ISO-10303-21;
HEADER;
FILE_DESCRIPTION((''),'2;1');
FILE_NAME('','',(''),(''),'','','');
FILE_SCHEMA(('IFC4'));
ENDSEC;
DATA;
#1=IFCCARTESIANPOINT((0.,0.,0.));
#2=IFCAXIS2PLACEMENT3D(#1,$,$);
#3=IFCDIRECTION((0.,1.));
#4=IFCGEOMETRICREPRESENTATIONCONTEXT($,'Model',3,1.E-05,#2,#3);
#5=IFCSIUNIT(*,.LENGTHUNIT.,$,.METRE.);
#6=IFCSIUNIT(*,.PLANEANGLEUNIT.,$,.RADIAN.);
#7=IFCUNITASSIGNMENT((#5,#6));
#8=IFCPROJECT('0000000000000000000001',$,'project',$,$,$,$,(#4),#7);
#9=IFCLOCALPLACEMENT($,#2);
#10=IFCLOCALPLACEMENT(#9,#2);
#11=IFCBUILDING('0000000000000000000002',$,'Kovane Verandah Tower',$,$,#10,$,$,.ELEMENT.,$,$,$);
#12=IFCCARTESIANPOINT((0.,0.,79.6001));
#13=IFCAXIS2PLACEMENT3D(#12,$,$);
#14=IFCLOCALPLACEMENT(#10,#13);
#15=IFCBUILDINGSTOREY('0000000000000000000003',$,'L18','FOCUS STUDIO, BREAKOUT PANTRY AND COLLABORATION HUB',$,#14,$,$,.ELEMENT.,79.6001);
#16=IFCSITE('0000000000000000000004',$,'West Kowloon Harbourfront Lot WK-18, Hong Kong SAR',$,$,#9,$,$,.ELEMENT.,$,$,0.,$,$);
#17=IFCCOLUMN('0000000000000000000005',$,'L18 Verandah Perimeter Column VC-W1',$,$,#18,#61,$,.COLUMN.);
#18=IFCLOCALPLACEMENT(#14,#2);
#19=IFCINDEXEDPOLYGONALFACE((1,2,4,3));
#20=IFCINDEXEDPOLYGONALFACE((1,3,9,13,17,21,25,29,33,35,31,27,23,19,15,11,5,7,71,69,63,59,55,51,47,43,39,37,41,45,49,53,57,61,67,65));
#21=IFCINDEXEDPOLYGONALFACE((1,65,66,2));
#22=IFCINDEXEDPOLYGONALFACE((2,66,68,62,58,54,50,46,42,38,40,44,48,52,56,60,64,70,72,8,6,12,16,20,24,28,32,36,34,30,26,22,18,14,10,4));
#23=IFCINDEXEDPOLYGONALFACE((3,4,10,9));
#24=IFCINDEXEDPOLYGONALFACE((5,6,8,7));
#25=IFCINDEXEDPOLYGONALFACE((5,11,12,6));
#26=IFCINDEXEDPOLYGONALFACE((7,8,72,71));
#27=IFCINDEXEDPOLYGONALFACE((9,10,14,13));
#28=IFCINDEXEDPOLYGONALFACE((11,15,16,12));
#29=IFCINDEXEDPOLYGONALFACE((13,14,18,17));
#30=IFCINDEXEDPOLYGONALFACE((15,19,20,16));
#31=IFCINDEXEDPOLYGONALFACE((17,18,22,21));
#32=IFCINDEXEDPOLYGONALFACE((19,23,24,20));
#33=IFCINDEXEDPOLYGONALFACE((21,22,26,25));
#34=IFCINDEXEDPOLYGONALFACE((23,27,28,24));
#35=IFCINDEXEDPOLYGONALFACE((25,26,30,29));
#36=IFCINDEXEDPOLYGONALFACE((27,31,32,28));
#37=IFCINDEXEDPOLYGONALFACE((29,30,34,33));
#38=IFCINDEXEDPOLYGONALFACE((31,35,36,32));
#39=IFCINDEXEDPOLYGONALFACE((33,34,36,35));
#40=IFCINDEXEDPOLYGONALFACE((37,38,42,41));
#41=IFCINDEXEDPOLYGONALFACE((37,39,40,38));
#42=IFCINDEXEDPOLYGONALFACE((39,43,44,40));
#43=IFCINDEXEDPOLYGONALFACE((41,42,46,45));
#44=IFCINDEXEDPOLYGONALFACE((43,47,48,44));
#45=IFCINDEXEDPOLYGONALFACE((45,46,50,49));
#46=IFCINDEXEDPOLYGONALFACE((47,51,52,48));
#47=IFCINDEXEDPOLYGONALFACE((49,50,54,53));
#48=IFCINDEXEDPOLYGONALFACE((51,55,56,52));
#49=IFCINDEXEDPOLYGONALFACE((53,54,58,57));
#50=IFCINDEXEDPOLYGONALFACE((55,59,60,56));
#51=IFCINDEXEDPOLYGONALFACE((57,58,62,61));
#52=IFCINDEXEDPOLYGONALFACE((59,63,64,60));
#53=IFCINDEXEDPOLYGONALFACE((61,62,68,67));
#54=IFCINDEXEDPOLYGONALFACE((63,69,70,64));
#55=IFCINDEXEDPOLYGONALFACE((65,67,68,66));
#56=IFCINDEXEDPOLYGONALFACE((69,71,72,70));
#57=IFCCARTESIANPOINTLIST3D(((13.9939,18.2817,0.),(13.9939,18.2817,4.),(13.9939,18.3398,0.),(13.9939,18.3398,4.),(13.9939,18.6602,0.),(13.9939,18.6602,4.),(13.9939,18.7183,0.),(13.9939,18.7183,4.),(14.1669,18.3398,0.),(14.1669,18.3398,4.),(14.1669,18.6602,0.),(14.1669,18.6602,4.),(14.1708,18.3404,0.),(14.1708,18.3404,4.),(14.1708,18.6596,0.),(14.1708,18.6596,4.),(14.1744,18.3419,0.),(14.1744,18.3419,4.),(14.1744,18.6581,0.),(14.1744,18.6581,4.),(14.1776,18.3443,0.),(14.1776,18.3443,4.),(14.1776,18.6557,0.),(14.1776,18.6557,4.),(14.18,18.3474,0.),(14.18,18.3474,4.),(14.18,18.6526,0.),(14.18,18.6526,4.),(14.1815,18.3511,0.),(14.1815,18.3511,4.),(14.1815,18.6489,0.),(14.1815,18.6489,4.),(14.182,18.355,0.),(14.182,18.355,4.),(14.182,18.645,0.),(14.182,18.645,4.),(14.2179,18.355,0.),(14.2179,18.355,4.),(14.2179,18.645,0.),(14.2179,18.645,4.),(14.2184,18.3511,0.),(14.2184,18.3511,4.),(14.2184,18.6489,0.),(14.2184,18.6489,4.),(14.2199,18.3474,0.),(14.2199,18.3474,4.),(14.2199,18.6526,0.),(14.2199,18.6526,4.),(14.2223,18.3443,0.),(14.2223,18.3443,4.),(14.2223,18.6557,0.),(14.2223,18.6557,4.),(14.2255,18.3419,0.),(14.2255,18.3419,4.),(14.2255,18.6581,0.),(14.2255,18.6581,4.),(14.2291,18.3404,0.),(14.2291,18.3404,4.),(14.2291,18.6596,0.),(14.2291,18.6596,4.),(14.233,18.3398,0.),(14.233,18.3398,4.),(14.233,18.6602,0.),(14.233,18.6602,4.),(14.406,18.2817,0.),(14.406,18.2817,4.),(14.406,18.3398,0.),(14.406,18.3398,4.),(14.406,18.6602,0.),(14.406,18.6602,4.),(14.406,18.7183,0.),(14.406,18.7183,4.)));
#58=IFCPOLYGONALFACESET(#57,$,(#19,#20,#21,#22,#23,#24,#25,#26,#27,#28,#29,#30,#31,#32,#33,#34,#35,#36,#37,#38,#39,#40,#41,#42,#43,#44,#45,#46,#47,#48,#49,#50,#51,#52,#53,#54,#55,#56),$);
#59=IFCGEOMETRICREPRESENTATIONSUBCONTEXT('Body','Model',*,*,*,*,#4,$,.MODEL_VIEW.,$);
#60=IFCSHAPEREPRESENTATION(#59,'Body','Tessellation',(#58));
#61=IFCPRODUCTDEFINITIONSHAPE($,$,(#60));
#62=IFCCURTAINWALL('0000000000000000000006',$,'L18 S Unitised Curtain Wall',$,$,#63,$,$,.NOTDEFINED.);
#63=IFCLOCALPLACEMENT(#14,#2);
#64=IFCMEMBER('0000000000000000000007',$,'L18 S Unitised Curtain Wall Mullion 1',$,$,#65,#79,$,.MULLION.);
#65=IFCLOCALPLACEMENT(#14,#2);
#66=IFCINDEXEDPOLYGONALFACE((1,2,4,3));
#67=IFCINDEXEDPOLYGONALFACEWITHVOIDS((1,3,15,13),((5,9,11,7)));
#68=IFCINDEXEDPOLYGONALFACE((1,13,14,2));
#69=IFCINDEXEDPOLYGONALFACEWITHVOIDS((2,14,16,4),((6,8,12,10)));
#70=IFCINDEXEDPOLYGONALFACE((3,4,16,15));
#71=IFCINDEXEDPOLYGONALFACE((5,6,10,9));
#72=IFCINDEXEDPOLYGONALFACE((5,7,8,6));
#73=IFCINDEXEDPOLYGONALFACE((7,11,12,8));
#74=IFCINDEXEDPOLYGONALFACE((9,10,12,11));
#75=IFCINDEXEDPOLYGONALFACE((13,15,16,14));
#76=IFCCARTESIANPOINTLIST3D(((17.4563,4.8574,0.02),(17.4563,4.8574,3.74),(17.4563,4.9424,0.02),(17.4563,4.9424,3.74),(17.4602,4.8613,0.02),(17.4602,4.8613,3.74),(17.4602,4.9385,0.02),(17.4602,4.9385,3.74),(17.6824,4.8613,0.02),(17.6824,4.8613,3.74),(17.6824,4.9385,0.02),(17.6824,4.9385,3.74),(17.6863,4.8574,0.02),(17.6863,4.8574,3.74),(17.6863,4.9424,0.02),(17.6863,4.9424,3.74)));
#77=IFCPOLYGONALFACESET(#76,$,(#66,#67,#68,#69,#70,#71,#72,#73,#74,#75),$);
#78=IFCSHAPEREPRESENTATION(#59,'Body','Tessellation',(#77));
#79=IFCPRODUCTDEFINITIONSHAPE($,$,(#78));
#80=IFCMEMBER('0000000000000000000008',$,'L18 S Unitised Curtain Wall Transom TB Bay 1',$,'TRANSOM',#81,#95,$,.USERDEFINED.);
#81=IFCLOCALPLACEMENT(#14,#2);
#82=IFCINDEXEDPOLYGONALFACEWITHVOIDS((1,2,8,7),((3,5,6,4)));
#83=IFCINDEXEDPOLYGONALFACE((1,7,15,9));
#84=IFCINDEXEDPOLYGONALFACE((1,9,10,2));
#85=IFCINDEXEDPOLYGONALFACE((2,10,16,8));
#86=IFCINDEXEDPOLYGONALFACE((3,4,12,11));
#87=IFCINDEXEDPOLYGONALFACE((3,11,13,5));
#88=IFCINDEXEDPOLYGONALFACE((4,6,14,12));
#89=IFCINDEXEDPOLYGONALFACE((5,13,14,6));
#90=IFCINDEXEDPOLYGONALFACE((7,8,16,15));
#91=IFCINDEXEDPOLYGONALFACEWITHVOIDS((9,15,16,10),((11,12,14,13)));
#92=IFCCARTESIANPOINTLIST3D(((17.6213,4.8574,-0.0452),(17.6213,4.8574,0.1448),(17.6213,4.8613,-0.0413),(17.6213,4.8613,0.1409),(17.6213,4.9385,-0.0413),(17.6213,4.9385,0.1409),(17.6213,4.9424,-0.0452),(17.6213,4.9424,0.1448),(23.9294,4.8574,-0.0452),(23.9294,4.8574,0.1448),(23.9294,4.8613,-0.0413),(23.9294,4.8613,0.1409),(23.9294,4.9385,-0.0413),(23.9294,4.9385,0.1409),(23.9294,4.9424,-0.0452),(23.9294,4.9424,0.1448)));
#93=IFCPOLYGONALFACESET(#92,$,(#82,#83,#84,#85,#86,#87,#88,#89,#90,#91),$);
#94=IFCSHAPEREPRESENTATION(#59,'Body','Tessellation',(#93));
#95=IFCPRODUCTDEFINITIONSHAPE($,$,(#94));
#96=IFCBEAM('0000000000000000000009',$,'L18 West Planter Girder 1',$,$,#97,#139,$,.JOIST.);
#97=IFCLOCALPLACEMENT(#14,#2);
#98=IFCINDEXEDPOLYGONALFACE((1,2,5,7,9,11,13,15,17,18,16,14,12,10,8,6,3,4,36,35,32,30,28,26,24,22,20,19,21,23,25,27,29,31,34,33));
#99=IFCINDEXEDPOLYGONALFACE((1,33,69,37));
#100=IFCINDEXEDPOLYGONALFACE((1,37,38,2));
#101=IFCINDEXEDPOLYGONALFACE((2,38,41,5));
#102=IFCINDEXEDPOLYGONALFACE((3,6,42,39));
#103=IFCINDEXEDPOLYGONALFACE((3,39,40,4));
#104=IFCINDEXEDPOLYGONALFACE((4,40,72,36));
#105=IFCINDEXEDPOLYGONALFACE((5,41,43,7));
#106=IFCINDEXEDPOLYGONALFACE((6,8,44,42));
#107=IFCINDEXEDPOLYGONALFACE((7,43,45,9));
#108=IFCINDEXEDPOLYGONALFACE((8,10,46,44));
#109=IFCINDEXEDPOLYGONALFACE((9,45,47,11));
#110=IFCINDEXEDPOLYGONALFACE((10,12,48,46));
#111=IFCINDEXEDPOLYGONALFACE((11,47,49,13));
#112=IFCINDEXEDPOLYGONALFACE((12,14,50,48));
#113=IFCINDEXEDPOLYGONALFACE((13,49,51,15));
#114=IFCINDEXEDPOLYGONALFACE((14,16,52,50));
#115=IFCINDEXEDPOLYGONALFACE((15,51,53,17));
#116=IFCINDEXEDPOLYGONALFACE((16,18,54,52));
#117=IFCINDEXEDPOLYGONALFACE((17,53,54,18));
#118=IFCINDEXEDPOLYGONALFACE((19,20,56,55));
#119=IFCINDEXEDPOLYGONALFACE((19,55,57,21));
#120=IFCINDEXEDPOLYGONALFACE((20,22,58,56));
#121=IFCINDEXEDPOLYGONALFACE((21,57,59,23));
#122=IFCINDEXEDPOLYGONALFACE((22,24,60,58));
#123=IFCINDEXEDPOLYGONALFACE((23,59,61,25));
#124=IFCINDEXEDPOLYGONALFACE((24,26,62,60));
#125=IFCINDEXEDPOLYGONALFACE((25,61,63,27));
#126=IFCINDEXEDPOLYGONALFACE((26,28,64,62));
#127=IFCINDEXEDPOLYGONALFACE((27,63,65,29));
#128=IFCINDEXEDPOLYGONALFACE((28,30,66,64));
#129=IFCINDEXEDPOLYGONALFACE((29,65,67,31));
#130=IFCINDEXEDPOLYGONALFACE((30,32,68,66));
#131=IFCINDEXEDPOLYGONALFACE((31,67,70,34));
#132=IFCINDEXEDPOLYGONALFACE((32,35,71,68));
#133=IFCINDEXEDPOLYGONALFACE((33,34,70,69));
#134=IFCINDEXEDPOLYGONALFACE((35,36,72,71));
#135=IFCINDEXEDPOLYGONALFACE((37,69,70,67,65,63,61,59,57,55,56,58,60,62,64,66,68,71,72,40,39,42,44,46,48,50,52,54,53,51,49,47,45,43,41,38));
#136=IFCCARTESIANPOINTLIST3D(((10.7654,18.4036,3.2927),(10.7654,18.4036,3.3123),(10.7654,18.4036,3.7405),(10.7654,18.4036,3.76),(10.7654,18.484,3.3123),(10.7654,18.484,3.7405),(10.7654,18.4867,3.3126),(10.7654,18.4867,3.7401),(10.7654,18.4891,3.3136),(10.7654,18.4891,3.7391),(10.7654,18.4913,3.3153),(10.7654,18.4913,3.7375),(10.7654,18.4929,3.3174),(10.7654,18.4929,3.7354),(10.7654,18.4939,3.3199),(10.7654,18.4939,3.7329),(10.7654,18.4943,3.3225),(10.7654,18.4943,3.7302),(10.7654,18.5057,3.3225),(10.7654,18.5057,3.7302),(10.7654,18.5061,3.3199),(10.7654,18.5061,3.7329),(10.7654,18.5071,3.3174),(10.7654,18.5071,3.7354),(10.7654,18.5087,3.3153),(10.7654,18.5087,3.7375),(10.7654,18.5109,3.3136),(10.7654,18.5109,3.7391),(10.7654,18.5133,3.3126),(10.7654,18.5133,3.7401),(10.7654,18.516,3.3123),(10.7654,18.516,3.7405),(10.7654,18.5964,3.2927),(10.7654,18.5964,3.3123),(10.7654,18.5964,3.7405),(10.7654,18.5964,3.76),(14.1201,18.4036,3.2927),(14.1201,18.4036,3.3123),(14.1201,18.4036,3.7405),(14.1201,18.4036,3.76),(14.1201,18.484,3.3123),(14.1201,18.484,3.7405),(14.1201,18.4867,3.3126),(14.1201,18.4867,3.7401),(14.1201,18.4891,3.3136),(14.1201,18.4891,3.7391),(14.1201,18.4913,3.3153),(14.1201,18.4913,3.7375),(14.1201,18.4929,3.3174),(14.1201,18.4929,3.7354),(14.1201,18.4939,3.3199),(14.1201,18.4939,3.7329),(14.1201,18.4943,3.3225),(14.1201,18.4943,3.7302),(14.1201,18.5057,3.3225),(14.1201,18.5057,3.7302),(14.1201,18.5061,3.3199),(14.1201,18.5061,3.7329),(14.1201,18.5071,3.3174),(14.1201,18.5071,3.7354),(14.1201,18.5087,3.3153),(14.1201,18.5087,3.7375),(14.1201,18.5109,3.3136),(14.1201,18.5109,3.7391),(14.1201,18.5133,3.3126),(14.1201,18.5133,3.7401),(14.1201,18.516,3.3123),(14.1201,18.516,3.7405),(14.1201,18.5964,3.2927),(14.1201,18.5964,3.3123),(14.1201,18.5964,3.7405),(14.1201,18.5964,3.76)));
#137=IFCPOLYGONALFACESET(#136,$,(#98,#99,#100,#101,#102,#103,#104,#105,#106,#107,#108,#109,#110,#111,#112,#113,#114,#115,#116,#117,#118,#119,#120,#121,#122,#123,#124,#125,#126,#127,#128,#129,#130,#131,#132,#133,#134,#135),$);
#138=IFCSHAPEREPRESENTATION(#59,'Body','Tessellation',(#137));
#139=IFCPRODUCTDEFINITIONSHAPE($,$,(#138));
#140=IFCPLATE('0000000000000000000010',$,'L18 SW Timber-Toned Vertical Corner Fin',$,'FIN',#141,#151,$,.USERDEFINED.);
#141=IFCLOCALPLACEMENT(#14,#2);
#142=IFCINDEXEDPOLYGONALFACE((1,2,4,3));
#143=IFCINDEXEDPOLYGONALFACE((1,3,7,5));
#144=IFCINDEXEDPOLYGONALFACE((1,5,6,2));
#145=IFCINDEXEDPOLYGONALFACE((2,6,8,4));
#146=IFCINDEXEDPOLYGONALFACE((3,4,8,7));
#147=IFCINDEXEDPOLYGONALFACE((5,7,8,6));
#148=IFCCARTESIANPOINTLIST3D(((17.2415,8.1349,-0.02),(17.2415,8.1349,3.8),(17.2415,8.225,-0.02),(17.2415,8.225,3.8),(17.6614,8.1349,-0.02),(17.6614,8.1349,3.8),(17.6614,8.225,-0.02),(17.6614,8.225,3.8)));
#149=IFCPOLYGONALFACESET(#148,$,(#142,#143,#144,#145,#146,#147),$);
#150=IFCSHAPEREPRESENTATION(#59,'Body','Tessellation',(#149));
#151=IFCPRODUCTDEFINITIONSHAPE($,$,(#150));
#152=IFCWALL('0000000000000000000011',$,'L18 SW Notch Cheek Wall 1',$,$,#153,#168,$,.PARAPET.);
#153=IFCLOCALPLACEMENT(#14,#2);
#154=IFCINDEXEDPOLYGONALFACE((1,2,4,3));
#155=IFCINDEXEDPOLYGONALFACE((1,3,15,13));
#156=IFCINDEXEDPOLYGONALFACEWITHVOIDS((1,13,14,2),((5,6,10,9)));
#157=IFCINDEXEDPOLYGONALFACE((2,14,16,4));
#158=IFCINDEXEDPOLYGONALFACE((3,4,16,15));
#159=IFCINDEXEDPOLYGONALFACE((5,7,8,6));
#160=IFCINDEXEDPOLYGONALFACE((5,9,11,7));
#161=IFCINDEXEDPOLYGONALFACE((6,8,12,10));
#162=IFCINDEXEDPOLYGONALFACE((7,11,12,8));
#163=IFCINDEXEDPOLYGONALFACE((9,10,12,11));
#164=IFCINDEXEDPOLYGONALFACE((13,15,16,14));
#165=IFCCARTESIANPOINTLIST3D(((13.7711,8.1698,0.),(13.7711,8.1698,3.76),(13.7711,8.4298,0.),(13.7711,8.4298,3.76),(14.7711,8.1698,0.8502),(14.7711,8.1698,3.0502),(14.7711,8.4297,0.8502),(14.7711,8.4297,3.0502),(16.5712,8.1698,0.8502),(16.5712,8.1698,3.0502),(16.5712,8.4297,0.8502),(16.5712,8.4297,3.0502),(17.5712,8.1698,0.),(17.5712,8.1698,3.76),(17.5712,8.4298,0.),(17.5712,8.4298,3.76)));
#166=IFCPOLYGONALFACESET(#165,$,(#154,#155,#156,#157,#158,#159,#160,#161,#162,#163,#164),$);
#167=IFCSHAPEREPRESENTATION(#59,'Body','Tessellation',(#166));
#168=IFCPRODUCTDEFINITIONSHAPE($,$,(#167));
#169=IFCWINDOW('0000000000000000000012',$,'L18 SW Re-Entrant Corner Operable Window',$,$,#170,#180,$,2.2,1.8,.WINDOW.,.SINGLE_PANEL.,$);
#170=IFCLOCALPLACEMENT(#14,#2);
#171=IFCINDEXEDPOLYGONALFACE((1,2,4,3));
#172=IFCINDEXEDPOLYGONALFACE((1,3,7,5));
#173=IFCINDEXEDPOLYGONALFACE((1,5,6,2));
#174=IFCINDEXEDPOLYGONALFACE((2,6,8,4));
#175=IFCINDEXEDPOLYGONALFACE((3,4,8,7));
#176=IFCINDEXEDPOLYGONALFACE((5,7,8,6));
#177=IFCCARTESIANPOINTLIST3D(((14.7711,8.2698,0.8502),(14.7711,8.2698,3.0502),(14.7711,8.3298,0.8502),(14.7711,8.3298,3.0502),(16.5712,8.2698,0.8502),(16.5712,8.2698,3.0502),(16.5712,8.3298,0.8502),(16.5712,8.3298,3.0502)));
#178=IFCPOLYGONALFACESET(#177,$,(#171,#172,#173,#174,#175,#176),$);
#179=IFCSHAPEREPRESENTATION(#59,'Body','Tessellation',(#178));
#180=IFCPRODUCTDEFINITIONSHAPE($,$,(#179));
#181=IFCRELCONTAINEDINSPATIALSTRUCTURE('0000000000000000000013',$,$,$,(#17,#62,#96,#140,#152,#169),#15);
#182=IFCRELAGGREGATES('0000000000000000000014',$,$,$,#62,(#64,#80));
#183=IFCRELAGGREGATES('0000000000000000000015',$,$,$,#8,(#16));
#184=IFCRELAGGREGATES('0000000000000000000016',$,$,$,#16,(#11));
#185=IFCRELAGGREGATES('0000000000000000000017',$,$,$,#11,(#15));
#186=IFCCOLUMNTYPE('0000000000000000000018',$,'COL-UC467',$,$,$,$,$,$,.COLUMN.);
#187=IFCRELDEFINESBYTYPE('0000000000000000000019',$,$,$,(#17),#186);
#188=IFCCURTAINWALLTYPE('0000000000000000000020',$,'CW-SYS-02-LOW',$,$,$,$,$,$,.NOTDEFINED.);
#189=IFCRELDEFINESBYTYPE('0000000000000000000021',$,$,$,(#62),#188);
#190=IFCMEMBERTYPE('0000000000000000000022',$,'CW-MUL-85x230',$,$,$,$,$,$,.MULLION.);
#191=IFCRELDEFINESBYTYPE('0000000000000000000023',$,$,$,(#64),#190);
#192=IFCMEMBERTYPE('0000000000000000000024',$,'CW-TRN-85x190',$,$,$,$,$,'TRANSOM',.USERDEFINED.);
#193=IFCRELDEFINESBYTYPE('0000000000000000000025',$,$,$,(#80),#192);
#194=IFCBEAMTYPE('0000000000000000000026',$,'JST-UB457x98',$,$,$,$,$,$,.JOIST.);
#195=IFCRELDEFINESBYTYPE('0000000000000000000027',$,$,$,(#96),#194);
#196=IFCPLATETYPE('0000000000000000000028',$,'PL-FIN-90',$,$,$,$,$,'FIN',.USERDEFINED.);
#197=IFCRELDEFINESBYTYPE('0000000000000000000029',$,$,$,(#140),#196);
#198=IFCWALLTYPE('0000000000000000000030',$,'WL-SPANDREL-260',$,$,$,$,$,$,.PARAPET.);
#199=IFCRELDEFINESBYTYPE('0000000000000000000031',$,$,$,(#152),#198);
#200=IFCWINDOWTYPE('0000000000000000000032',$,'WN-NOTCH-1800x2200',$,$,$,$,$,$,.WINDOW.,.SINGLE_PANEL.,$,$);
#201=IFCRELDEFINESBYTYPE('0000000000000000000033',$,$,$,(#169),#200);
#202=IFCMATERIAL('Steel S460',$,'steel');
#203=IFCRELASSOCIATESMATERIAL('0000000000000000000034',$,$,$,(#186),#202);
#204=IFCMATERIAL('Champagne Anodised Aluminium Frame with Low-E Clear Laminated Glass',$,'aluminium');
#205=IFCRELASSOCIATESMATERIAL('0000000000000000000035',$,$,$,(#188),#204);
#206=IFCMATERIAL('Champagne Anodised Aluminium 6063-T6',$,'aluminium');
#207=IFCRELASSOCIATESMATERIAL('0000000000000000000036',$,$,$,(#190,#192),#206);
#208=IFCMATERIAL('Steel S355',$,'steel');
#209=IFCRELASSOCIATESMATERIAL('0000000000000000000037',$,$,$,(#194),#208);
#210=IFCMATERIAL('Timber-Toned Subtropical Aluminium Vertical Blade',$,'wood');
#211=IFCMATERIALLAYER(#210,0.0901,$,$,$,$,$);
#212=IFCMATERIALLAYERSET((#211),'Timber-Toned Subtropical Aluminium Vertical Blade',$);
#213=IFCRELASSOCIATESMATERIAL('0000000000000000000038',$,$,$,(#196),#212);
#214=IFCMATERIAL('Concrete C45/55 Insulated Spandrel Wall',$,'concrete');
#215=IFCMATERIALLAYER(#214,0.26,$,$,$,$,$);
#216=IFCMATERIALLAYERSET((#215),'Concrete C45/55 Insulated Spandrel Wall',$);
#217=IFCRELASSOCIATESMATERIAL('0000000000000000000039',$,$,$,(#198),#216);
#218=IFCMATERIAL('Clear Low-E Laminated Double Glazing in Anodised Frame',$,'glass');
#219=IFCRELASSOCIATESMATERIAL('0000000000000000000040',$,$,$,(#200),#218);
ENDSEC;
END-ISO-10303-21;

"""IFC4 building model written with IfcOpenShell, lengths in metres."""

from ifc_helpers import new_model, si_unit, direction, frame, frame_2d, origin, origin_2d, place, context, subcontext, project, spatial, rectangle, hollow_rectangle, i_section, extrude, material, layer, layer_set, material_profile, profile_set, type_object, element, fill, aggregate, save


model = new_model("IFC4")

# Units and contexts
model_context = context("Model", 3, precision=1e-05, world=origin(), true_north=direction((0.0, 1.0)))
body_context = subcontext(model_context, "Body", "Model", "MODEL_VIEW")
ifc_project = project(units=[si_unit("LENGTHUNIT", "METRE"), si_unit("PLANEANGLEUNIT", "RADIAN")], contexts=[model_context])

# Site, building, storey
site_placement = place(None, origin())
site = spatial("IfcSite", under=ifc_project, at=site_placement, Name="West Kowloon Harbourfront Lot WK-18, Hong Kong SAR", CompositionType="ELEMENT", RefElevation=0.0)
building_placement = place(site_placement, origin())
building = spatial("IfcBuilding", under=site, at=building_placement, Name="Kovane Verandah Tower", CompositionType="ELEMENT")
storey_placement = place(building_placement, frame((0.0, 0.0, 79.6001)))
storey = spatial("IfcBuildingStorey", under=building, at=storey_placement, Name="L18", Description="FOCUS STUDIO, BREAKOUT PANTRY AND COLLABORATION HUB", CompositionType="ELEMENT", Elevation=79.6001)

# Column
ifc_material_1 = material(Name="Steel S460", Category="steel")
ifc_material_profile_1 = material_profile(ifc_material_1, i_section(OverallWidth=0.4121, OverallDepth=0.4365, WebThickness=0.0359, FlangeThickness=0.0581, FilletRadius=0.0151, at=origin_2d()), Name="UC356x406x467")
ifc_profile_set_1 = profile_set([ifc_material_profile_1], Name="Steel S460")
column_type = type_object("IfcColumnType", Name="COL-UC467", PredefinedType="COLUMN", material=ifc_profile_set_1)
column_placement = place(storey_placement, frame((14.2, 18.5, 0.0), z_axis=(0.0, 0.0, 1.0), x_axis=(1.0, 0.0, 0.0)))
element("IfcColumn", 1, at=column_placement, inside=storey, type_object=column_type, Name="L18 Verandah Perimeter Column VC-W1", PredefinedType="COLUMN", context=body_context, shape_type="SweptSolid", body=[
    extrude(i_section(OverallWidth=0.4121, OverallDepth=0.4365, WebThickness=0.0359, FlangeThickness=0.0581, FilletRadius=0.0151, at=origin_2d()), origin(), (0.0, 0.0, 1.0), 4.0),
])

# Curtain wall, members
ifc_material_2 = material(Name="Champagne Anodised Aluminium Frame with Low-E Clear Laminated Glass", Category="aluminium")
curtain_wall_type = type_object("IfcCurtainWallType", Name="CW-SYS-02-LOW", PredefinedType="NOTDEFINED", material=ifc_material_2)
curtain_wall_placement = place(storey_placement, origin())
curtain_wall = element("IfcCurtainWall", 2, at=curtain_wall_placement, inside=storey, type_object=curtain_wall_type, Name="L18 S Unitised Curtain Wall", PredefinedType="NOTDEFINED")
ifc_material_3 = material(Name="Champagne Anodised Aluminium 6063-T6", Category="aluminium")
ifc_material_profile_2 = material_profile(ifc_material_3, hollow_rectangle(XDim=0.085, YDim=0.23, WallThickness=0.0039, at=origin_2d()), Name="AL85x230x4")
ifc_profile_set_2 = profile_set([ifc_material_profile_2], Name="Champagne Anodised Aluminium 6063-T6")
member_type_1 = type_object("IfcMemberType", Name="CW-MUL-85x230", PredefinedType="MULLION", material=ifc_profile_set_2)
member_1_placement = place(storey_placement, frame((17.5713, 4.8999, 0.02), z_axis=(0.0, 0.0, 1.0), x_axis=(0.0, -1.0, 0.0)))
member_1 = element("IfcMember", 3, at=member_1_placement, type_object=member_type_1, Name="L18 S Unitised Curtain Wall Mullion 1", PredefinedType="MULLION", context=body_context, shape_type="SweptSolid", body=[
    extrude(hollow_rectangle(XDim=0.085, YDim=0.23, WallThickness=0.0039, at=origin_2d()), origin(), (0.0, 0.0, 1.0), 3.72),
])
ifc_material_profile_3 = material_profile(ifc_material_3, hollow_rectangle(XDim=0.085, YDim=0.1899, WallThickness=0.0039, at=origin_2d()), Name="AL85x190x4")
ifc_profile_set_3 = profile_set([ifc_material_profile_3], Name="Champagne Anodised Aluminium 6063-T6")
member_type_2 = type_object("IfcMemberType", Name="CW-TRN-85x190", ElementType="TRANSOM", PredefinedType="USERDEFINED", material=ifc_profile_set_3)
member_2_placement = place(storey_placement, frame((17.6213, 4.8999, 0.0498), z_axis=(1.0, 0.0, 0.0), x_axis=(0.0, 1.0, 0.0)))
member_2 = element("IfcMember", 4, at=member_2_placement, type_object=member_type_2, Name="L18 S Unitised Curtain Wall Transom TB Bay 1", ObjectType="TRANSOM", PredefinedType="USERDEFINED", context=body_context, shape_type="SweptSolid", body=[
    extrude(hollow_rectangle(XDim=0.085, YDim=0.1899, WallThickness=0.0039, at=origin_2d()), origin(), (0.0, 0.0, 1.0), 6.3081),
])
aggregate(curtain_wall, [member_1, member_2])

# Beam
ifc_material_4 = material(Name="Steel S355", Category="steel")
ifc_material_profile_4 = material_profile(ifc_material_4, i_section(OverallWidth=0.1929, OverallDepth=0.4673, WebThickness=0.0115, FlangeThickness=0.0195, FilletRadius=0.0103, at=origin_2d()), Name="UB457x191x98")
ifc_profile_set_4 = profile_set([ifc_material_profile_4], Name="Steel S355")
beam_type = type_object("IfcBeamType", Name="JST-UB457x98", PredefinedType="JOIST", material=ifc_profile_set_4)
beam_placement = place(storey_placement, frame((14.1201, 18.5, 3.5264), z_axis=(-1.0, 0.0, 0.0), x_axis=(0.0, -1.0, 0.0)))
element("IfcBeam", 5, at=beam_placement, inside=storey, type_object=beam_type, Name="L18 West Planter Girder 1", PredefinedType="JOIST", context=body_context, shape_type="SweptSolid", body=[
    extrude(i_section(OverallWidth=0.1929, OverallDepth=0.4673, WebThickness=0.0115, FlangeThickness=0.0195, FilletRadius=0.0103, at=origin_2d()), origin(), (0.0, 0.0, 1.0), 3.3547),
])

# Plate
ifc_material_5 = material(Name="Timber-Toned Subtropical Aluminium Vertical Blade", Category="wood")
ifc_layer_1 = layer(ifc_material_5, 0.0901)
ifc_layer_set_1 = layer_set([ifc_layer_1], Name="Timber-Toned Subtropical Aluminium Vertical Blade")
plate_type = type_object("IfcPlateType", Name="PL-FIN-90", ElementType="FIN", PredefinedType="USERDEFINED", material=ifc_layer_set_1)
plate_placement = place(storey_placement, frame((17.4514, 8.1799, -0.02), z_axis=(0.0, 0.0, 1.0), x_axis=(1.0, 0.0, 0.0)))
element("IfcPlate", 6, at=plate_placement, inside=storey, type_object=plate_type, Name="L18 SW Timber-Toned Vertical Corner Fin", ObjectType="FIN", PredefinedType="USERDEFINED", context=body_context, shape_type="SweptSolid", body=[
    extrude(rectangle(XDim=0.4199, YDim=0.0901, at=origin_2d()), origin(), (0.0, 0.0, 1.0), 3.8201),
])

# Wall, opening, window
ifc_material_6 = material(Name="Concrete C45/55 Insulated Spandrel Wall", Category="concrete")
ifc_layer_2 = layer(ifc_material_6, 0.26)
ifc_layer_set_2 = layer_set([ifc_layer_2], Name="Concrete C45/55 Insulated Spandrel Wall")
wall_type = type_object("IfcWallType", Name="WL-SPANDREL-260", PredefinedType="PARAPET", material=ifc_layer_set_2)
wall_1_placement = place(storey_placement, frame((13.7712, 8.2998, 0.0), z_axis=(0.0, 0.0, 1.0), x_axis=(1.0, 0.0, 0.0)))
wall_1 = element("IfcWall", 7, at=wall_1_placement, inside=storey, type_object=wall_type, Name="L18 SW Notch Cheek Wall 1", PredefinedType="PARAPET", context=body_context, shape_type="SweptSolid", body=[
    extrude(rectangle(XDim=3.8, YDim=0.26, at=frame_2d((1.8999, 0.0))), origin(), (0.0, 0.0, 1.0), 3.76),
])
opening_placement = place(wall_1_placement, frame((1.0, 0.0, 0.8501)))
opening = element("IfcOpeningElement", 8, at=opening_placement, cuts=wall_1, PredefinedType="OPENING", context=body_context, shape_type="SweptSolid", body=[
    extrude(rectangle(XDim=1.8, YDim=2.2, at=frame_2d((0.8999, 1.1001))), frame((0.0, 0.1299, 0.0), z_axis=(0.0, -1.0, 0.0), x_axis=(1.0, 0.0, 0.0)), (0.0, 0.0, 1.0), 0.26),
])
ifc_material_7 = material(Name="Clear Low-E Laminated Double Glazing in Anodised Frame", Category="glass")
window_type = type_object("IfcWindowType", Name="WN-NOTCH-1800x2200", PartitioningType="SINGLE_PANEL", PredefinedType="WINDOW", material=ifc_material_7)
window_placement = place(opening_placement, origin())
window = element("IfcWindow", 9, at=window_placement, inside=storey, type_object=window_type, Name="L18 SW Re-Entrant Corner Operable Window", OverallHeight=2.2, OverallWidth=1.8, PartitioningType="SINGLE_PANEL", PredefinedType="WINDOW", context=body_context, shape_type="SweptSolid", body=[
    extrude(rectangle(XDim=1.8, YDim=2.2, at=frame_2d((0.8999, 1.1001))), frame((0.0, 0.03, 0.0), z_axis=(0.0, -1.0, 0.0), x_axis=(1.0, 0.0, 0.0)), (0.0, 0.0, 1.0), 0.0601),
])
fill(opening, window)

save(model, "model.ifc")
